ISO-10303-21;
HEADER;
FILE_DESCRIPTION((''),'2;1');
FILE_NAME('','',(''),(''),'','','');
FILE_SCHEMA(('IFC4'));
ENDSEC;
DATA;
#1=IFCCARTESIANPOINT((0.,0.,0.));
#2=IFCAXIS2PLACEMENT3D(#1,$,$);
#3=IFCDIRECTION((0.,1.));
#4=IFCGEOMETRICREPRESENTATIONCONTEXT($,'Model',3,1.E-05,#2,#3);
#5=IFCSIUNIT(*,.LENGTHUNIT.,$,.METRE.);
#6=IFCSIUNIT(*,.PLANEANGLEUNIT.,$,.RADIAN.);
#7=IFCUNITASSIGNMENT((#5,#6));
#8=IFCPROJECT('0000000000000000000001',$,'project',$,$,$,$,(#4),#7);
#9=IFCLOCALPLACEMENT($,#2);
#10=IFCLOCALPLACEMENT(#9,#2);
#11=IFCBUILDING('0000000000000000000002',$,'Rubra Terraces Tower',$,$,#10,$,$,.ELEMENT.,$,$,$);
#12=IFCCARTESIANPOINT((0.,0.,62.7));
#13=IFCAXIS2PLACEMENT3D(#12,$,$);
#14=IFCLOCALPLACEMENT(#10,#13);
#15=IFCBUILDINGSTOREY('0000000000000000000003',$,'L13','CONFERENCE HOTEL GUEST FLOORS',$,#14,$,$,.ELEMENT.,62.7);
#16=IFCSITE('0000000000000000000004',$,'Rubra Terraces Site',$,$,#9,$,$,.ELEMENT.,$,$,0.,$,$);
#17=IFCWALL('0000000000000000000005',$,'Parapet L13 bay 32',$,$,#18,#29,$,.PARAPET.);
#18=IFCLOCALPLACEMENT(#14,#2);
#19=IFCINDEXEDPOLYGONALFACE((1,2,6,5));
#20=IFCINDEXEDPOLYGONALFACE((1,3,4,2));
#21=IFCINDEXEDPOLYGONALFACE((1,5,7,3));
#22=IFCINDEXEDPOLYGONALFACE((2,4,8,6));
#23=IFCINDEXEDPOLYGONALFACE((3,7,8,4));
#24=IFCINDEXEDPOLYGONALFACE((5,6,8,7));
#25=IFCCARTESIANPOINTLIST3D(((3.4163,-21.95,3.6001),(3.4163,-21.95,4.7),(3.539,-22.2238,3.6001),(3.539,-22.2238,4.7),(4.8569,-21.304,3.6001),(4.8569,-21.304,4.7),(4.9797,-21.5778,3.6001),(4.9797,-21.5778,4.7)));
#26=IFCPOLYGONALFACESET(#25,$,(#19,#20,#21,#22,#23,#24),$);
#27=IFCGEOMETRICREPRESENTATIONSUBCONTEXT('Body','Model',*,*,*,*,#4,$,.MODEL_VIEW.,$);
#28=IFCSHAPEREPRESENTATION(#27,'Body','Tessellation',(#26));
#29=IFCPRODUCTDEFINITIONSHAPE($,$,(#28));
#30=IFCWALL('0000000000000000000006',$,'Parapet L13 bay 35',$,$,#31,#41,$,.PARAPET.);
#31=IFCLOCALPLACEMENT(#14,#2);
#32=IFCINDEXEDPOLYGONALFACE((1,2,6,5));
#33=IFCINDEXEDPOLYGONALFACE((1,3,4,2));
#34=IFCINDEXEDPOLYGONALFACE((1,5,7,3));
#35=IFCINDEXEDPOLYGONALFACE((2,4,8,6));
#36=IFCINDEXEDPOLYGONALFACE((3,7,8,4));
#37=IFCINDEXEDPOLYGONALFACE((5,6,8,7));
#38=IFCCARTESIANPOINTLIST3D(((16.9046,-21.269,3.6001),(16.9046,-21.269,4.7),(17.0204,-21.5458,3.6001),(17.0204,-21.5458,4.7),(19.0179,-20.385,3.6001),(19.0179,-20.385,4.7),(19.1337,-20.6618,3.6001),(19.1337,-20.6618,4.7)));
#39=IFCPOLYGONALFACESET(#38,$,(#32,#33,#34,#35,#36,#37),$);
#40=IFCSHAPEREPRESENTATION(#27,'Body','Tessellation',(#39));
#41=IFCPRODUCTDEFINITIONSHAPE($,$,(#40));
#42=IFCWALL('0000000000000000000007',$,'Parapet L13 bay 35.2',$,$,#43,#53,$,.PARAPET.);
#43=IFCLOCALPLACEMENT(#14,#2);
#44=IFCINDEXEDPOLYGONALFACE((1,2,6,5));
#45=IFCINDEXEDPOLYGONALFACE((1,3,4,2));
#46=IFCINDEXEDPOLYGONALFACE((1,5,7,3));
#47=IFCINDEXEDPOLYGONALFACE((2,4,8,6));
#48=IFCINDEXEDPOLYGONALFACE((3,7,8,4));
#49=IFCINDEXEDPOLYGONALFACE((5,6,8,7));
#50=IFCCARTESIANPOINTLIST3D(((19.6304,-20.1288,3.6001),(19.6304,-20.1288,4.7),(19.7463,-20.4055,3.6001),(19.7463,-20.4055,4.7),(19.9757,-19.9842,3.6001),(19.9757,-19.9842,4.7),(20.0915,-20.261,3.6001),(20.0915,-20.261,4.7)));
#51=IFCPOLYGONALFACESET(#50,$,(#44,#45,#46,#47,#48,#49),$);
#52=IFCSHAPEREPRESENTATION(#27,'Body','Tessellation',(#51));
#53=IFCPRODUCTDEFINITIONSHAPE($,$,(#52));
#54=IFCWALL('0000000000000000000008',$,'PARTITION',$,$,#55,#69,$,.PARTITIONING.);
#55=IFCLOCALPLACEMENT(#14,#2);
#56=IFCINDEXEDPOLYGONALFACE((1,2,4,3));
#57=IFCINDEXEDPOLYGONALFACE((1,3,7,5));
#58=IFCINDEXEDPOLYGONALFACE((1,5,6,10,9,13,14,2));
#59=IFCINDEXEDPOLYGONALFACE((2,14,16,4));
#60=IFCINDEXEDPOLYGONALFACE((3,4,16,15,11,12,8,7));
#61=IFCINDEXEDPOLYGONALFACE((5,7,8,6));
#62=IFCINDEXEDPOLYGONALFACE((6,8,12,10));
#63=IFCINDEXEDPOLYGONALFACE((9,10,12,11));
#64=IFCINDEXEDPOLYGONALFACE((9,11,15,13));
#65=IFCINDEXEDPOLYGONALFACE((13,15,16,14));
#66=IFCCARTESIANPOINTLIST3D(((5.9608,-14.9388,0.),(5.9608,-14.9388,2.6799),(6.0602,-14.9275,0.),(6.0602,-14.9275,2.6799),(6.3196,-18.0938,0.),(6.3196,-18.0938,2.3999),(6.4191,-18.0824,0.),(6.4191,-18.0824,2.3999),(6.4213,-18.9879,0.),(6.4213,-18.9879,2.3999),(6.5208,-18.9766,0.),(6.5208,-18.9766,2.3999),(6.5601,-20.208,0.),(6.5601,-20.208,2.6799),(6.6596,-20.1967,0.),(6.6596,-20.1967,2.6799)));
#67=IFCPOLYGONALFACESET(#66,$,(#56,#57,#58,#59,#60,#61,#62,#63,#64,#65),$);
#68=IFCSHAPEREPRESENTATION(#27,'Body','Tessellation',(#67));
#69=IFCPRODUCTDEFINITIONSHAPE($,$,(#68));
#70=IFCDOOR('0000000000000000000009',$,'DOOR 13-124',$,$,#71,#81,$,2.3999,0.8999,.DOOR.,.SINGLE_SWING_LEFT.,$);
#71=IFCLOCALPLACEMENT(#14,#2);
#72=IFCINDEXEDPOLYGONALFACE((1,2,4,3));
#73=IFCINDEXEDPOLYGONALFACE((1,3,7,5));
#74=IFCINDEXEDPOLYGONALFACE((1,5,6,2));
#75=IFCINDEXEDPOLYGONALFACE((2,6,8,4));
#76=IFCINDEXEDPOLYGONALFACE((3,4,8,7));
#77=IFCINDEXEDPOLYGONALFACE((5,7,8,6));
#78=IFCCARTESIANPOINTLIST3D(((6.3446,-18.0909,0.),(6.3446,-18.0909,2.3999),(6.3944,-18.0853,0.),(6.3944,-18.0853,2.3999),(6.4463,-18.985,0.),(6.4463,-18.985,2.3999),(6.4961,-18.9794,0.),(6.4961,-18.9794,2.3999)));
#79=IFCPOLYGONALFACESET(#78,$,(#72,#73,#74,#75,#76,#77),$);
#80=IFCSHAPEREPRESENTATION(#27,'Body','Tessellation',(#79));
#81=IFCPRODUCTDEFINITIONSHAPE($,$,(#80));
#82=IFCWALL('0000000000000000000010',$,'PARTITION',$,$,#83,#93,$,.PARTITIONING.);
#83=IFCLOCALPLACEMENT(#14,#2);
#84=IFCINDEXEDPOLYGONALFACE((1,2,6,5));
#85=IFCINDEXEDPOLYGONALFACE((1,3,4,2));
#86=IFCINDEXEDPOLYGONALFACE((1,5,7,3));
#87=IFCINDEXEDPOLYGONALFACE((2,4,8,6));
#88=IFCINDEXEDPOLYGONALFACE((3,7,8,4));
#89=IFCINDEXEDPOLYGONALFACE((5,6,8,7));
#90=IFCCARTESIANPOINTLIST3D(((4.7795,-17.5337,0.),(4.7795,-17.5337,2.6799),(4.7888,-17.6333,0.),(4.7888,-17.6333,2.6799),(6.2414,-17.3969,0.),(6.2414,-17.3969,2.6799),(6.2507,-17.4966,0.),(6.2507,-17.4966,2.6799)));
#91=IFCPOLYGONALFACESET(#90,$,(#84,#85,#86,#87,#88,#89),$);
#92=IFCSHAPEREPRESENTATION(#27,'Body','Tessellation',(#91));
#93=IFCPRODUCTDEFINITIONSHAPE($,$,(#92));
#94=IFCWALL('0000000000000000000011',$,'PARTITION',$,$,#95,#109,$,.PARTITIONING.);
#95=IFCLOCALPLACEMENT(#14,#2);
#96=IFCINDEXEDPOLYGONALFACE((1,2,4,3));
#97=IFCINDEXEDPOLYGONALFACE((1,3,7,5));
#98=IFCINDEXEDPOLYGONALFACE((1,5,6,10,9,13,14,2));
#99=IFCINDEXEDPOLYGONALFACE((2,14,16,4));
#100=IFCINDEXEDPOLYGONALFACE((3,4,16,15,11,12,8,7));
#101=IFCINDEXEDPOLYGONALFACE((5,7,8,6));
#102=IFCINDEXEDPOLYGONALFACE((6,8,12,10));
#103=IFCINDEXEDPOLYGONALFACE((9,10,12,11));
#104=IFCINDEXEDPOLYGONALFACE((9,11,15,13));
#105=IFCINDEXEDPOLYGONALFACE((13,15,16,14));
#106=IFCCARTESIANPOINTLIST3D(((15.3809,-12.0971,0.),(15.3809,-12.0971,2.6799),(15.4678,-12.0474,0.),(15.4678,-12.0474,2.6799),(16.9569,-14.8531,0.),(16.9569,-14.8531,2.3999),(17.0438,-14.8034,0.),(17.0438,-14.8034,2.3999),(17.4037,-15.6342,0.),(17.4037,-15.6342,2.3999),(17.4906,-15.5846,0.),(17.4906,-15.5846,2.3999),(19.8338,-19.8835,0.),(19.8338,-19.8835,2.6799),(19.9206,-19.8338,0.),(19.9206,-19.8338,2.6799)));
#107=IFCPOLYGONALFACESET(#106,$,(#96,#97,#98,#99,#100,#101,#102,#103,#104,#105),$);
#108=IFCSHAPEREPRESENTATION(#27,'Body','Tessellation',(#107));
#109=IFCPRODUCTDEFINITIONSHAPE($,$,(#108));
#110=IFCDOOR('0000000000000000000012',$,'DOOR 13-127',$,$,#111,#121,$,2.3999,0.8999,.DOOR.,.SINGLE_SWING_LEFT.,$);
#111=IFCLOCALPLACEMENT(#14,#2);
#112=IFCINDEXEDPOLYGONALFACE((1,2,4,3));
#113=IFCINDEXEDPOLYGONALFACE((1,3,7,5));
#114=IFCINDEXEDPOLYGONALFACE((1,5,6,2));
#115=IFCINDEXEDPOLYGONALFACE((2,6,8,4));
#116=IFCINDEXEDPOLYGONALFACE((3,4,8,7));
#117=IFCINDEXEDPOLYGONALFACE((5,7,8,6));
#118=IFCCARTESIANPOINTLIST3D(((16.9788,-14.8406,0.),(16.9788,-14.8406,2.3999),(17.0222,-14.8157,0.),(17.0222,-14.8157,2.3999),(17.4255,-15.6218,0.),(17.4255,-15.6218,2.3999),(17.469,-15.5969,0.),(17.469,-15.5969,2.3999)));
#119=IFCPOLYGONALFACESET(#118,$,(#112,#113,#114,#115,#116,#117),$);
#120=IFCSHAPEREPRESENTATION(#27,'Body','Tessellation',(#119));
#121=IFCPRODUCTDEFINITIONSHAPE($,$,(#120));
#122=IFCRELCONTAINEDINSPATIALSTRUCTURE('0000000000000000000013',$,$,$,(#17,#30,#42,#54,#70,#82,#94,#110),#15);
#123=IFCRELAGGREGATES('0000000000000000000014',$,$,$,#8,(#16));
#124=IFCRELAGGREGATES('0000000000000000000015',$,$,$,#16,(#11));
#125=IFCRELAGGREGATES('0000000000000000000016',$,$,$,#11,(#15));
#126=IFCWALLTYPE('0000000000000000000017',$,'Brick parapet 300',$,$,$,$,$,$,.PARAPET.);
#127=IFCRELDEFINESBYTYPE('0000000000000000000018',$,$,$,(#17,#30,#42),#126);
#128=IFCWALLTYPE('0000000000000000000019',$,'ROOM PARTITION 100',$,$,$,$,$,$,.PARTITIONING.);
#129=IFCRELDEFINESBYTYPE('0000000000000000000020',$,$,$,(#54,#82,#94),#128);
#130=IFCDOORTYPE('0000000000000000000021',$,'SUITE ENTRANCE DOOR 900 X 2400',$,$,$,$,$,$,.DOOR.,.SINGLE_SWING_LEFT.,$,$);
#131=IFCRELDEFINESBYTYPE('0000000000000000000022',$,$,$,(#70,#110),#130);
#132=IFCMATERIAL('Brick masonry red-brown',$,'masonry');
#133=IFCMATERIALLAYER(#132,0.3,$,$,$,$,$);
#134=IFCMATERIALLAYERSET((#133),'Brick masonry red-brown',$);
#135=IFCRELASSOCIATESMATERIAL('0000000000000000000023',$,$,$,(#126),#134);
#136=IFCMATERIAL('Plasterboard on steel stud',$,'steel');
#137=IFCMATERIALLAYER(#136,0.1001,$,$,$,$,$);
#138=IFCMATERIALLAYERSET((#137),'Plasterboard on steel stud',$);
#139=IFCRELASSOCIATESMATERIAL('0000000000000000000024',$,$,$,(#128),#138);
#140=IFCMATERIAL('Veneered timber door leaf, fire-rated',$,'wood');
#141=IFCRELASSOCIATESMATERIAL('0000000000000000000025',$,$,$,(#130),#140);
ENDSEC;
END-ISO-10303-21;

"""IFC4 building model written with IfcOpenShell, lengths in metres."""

from ifc_helpers import new_model, si_unit, direction, frame, frame_2d, origin, place, context, subcontext, project, spatial, rectangle, extrude, material, layer, layer_set, type_object, element, fill, save


model = new_model("IFC4")

# Units and contexts
model_context = context("Model", 3, precision=1e-05, world=origin(), true_north=direction((0.0, 1.0)))
body_context = subcontext(model_context, "Body", "Model", "MODEL_VIEW")
ifc_project = project(units=[si_unit("LENGTHUNIT", "METRE"), si_unit("PLANEANGLEUNIT", "RADIAN")], contexts=[model_context])

# Site, building, storey
site_placement = place(None, origin())
site = spatial("IfcSite", under=ifc_project, at=site_placement, Name="Rubra Terraces Site", CompositionType="ELEMENT", RefElevation=0.0)
building_placement = place(site_placement, origin())
building = spatial("IfcBuilding", under=site, at=building_placement, Name="Rubra Terraces Tower", CompositionType="ELEMENT")
storey_placement = place(building_placement, frame((0.0, 0.0, 62.7)))
storey = spatial("IfcBuildingStorey", under=building, at=storey_placement, Name="L13", Description="CONFERENCE HOTEL GUEST FLOORS", CompositionType="ELEMENT", Elevation=62.7)

# Shared definitions
ifc_material_1 = material(Name="Brick masonry red-brown", Category="masonry")

# Walls
ifc_layer_1 = layer(ifc_material_1, 0.3)
ifc_layer_set_1 = layer_set([ifc_layer_1], Name="Brick masonry red-brown")
wall_type_1 = type_object("IfcWallType", Name="Brick parapet 300", PredefinedType="PARAPET", material=ifc_layer_set_1)
wall_1_placement = place(storey_placement, frame((3.4775, -22.0869, 3.6001), z_axis=(0.0, 0.0, 1.0), x_axis=(0.912468, 0.409149, 0.0)))
element("IfcWall", 1, at=wall_1_placement, inside=storey, type_object=wall_type_1, Name="Parapet L13 bay 32", PredefinedType="PARAPET", context=body_context, shape_type="SweptSolid", body=[
    extrude(rectangle(XDim=1.5789, YDim=0.3, at=frame_2d((0.7896, 0.0))), origin(), (0.0, 0.0, 1.0), 1.0999),
])
wall_2_placement = place(storey_placement, frame((16.9624, -21.4075, 3.6001), z_axis=(0.0, 0.0, 1.0), x_axis=(0.922534, 0.385917, 0.0)))
element("IfcWall", 2, at=wall_2_placement, inside=storey, type_object=wall_type_1, Name="Parapet L13 bay 35", PredefinedType="PARAPET", context=body_context, shape_type="SweptSolid", body=[
    extrude(rectangle(XDim=2.2908, YDim=0.3, at=frame_2d((1.1455, 0.0))), origin(), (0.0, 0.0, 1.0), 1.0999),
])
wall_3_placement = place(storey_placement, frame((19.6885, -20.2671, 3.6001), z_axis=(0.0, 0.0, 1.0), x_axis=(0.922419, 0.38619, 0.0)))
element("IfcWall", 3, at=wall_3_placement, inside=storey, type_object=wall_type_1, Name="Parapet L13 bay 35.2", PredefinedType="PARAPET", context=body_context, shape_type="SweptSolid", body=[
    extrude(rectangle(XDim=0.3743, YDim=0.3, at=frame_2d((0.187, 0.0))), origin(), (0.0, 0.0, 1.0), 1.0999),
])

# Wall, opening, door
ifc_material_2 = material(Name="Plasterboard on steel stud", Category="steel")
ifc_layer_2 = layer(ifc_material_2, 0.1001)
ifc_layer_set_2 = layer_set([ifc_layer_2], Name="Plasterboard on steel stud")
wall_type_2 = type_object("IfcWallType", Name="ROOM PARTITION 100", PredefinedType="PARTITIONING", material=ifc_layer_set_2)
wall_4_placement = place(storey_placement, frame((6.6099, -20.2024, 0.0), z_axis=(0.0, 0.0, 1.0), x_axis=(-0.113018, 0.993593, 0.0)))
wall_4 = element("IfcWall", 4, at=wall_4_placement, inside=storey, type_object=wall_type_2, Name="PARTITION", PredefinedType="PARTITIONING", context=body_context, shape_type="SweptSolid", body=[
    extrude(rectangle(XDim=5.3032, YDim=0.1001, at=frame_2d((2.6516, 0.0))), origin(), (0.0, 0.0, 1.0), 2.6799),
])
opening_1_placement = place(wall_4_placement, frame((1.228, 0.0, 0.0)))
opening_1 = element("IfcOpeningElement", 5, at=opening_1_placement, cuts=wall_4, PredefinedType="OPENING", context=body_context, shape_type="SweptSolid", body=[
    extrude(rectangle(XDim=0.8999, YDim=2.3999, at=frame_2d((0.45, 1.2))), frame((0.0, 0.0601, 0.0), z_axis=(0.0, -1.0, 0.0), x_axis=(1.0, 0.0, 0.0)), (0.0, 0.0, 1.0), 0.1201),
])
ifc_material_3 = material(Name="Veneered timber door leaf, fire-rated", Category="wood")
door_type = type_object("IfcDoorType", Name="SUITE ENTRANCE DOOR 900 X 2400", OperationType="SINGLE_SWING_LEFT", PredefinedType="DOOR", material=ifc_material_3)
door_1_placement = place(opening_1_placement, origin())
door_1 = element("IfcDoor", 6, at=door_1_placement, inside=storey, type_object=door_type, Name="DOOR 13-124", OperationType="SINGLE_SWING_LEFT", OverallHeight=2.3999, OverallWidth=0.8999, PredefinedType="DOOR", context=body_context, shape_type="SweptSolid", body=[
    extrude(rectangle(XDim=0.8999, YDim=2.3999, at=frame_2d((0.45, 1.2))), frame((0.0, 0.0249, 0.0), z_axis=(0.0, -1.0, 0.0), x_axis=(1.0, 0.0, 0.0)), (0.0, 0.0, 1.0), 0.05),
])
fill(opening_1, door_1)

# Wall
wall_5_placement = place(storey_placement, frame((4.7842, -17.5835, 0.0), z_axis=(0.0, 0.0, 1.0), x_axis=(0.995655, 0.093114, 0.0)))
element("IfcWall", 7, at=wall_5_placement, inside=storey, type_object=wall_type_2, Name="PARTITION", PredefinedType="PARTITIONING", context=body_context, shape_type="SweptSolid", body=[
    extrude(rectangle(XDim=1.4683, YDim=0.1001, at=frame_2d((0.7341, 0.0))), origin(), (0.0, 0.0, 1.0), 2.6799),
])

# Wall, opening, door
wall_6_placement = place(storey_placement, frame((19.8772, -19.8586, 0.0), z_axis=(0.0, 0.0, 1.0), x_axis=(-0.496435, 0.868074, 0.0)))
wall_6 = element("IfcWall", 8, at=wall_6_placement, inside=storey, type_object=wall_type_2, Name="PARTITION", PredefinedType="PARTITIONING", context=body_context, shape_type="SweptSolid", body=[
    extrude(rectangle(XDim=8.9697, YDim=0.1001, at=frame_2d((4.4849, 0.0))), origin(), (0.0, 0.0, 1.0), 2.6799),
])
opening_2_placement = place(wall_6_placement, frame((4.895, 0.0, 0.0)))
opening_2 = element("IfcOpeningElement", 9, at=opening_2_placement, cuts=wall_6, PredefinedType="OPENING", context=body_context, shape_type="SweptSolid", body=[
    extrude(rectangle(XDim=0.8999, YDim=2.3999, at=frame_2d((0.45, 1.2))), frame((0.0, 0.0601, 0.0), z_axis=(0.0, -1.0, 0.0), x_axis=(1.0, 0.0, 0.0)), (0.0, 0.0, 1.0), 0.1201),
])
door_2_placement = place(opening_2_placement, origin())
door_2 = element("IfcDoor", 10, at=door_2_placement, inside=storey, type_object=door_type, Name="DOOR 13-127", OperationType="SINGLE_SWING_LEFT", OverallHeight=2.3999, OverallWidth=0.8999, PredefinedType="DOOR", context=body_context, shape_type="SweptSolid", body=[
    extrude(rectangle(XDim=0.8999, YDim=2.3999, at=frame_2d((0.45, 1.2))), frame((0.0, 0.0249, 0.0), z_axis=(0.0, -1.0, 0.0), x_axis=(1.0, 0.0, 0.0)), (0.0, 0.0, 1.0), 0.05),
])
fill(opening_2, door_2)

save(model, "model.ifc")
